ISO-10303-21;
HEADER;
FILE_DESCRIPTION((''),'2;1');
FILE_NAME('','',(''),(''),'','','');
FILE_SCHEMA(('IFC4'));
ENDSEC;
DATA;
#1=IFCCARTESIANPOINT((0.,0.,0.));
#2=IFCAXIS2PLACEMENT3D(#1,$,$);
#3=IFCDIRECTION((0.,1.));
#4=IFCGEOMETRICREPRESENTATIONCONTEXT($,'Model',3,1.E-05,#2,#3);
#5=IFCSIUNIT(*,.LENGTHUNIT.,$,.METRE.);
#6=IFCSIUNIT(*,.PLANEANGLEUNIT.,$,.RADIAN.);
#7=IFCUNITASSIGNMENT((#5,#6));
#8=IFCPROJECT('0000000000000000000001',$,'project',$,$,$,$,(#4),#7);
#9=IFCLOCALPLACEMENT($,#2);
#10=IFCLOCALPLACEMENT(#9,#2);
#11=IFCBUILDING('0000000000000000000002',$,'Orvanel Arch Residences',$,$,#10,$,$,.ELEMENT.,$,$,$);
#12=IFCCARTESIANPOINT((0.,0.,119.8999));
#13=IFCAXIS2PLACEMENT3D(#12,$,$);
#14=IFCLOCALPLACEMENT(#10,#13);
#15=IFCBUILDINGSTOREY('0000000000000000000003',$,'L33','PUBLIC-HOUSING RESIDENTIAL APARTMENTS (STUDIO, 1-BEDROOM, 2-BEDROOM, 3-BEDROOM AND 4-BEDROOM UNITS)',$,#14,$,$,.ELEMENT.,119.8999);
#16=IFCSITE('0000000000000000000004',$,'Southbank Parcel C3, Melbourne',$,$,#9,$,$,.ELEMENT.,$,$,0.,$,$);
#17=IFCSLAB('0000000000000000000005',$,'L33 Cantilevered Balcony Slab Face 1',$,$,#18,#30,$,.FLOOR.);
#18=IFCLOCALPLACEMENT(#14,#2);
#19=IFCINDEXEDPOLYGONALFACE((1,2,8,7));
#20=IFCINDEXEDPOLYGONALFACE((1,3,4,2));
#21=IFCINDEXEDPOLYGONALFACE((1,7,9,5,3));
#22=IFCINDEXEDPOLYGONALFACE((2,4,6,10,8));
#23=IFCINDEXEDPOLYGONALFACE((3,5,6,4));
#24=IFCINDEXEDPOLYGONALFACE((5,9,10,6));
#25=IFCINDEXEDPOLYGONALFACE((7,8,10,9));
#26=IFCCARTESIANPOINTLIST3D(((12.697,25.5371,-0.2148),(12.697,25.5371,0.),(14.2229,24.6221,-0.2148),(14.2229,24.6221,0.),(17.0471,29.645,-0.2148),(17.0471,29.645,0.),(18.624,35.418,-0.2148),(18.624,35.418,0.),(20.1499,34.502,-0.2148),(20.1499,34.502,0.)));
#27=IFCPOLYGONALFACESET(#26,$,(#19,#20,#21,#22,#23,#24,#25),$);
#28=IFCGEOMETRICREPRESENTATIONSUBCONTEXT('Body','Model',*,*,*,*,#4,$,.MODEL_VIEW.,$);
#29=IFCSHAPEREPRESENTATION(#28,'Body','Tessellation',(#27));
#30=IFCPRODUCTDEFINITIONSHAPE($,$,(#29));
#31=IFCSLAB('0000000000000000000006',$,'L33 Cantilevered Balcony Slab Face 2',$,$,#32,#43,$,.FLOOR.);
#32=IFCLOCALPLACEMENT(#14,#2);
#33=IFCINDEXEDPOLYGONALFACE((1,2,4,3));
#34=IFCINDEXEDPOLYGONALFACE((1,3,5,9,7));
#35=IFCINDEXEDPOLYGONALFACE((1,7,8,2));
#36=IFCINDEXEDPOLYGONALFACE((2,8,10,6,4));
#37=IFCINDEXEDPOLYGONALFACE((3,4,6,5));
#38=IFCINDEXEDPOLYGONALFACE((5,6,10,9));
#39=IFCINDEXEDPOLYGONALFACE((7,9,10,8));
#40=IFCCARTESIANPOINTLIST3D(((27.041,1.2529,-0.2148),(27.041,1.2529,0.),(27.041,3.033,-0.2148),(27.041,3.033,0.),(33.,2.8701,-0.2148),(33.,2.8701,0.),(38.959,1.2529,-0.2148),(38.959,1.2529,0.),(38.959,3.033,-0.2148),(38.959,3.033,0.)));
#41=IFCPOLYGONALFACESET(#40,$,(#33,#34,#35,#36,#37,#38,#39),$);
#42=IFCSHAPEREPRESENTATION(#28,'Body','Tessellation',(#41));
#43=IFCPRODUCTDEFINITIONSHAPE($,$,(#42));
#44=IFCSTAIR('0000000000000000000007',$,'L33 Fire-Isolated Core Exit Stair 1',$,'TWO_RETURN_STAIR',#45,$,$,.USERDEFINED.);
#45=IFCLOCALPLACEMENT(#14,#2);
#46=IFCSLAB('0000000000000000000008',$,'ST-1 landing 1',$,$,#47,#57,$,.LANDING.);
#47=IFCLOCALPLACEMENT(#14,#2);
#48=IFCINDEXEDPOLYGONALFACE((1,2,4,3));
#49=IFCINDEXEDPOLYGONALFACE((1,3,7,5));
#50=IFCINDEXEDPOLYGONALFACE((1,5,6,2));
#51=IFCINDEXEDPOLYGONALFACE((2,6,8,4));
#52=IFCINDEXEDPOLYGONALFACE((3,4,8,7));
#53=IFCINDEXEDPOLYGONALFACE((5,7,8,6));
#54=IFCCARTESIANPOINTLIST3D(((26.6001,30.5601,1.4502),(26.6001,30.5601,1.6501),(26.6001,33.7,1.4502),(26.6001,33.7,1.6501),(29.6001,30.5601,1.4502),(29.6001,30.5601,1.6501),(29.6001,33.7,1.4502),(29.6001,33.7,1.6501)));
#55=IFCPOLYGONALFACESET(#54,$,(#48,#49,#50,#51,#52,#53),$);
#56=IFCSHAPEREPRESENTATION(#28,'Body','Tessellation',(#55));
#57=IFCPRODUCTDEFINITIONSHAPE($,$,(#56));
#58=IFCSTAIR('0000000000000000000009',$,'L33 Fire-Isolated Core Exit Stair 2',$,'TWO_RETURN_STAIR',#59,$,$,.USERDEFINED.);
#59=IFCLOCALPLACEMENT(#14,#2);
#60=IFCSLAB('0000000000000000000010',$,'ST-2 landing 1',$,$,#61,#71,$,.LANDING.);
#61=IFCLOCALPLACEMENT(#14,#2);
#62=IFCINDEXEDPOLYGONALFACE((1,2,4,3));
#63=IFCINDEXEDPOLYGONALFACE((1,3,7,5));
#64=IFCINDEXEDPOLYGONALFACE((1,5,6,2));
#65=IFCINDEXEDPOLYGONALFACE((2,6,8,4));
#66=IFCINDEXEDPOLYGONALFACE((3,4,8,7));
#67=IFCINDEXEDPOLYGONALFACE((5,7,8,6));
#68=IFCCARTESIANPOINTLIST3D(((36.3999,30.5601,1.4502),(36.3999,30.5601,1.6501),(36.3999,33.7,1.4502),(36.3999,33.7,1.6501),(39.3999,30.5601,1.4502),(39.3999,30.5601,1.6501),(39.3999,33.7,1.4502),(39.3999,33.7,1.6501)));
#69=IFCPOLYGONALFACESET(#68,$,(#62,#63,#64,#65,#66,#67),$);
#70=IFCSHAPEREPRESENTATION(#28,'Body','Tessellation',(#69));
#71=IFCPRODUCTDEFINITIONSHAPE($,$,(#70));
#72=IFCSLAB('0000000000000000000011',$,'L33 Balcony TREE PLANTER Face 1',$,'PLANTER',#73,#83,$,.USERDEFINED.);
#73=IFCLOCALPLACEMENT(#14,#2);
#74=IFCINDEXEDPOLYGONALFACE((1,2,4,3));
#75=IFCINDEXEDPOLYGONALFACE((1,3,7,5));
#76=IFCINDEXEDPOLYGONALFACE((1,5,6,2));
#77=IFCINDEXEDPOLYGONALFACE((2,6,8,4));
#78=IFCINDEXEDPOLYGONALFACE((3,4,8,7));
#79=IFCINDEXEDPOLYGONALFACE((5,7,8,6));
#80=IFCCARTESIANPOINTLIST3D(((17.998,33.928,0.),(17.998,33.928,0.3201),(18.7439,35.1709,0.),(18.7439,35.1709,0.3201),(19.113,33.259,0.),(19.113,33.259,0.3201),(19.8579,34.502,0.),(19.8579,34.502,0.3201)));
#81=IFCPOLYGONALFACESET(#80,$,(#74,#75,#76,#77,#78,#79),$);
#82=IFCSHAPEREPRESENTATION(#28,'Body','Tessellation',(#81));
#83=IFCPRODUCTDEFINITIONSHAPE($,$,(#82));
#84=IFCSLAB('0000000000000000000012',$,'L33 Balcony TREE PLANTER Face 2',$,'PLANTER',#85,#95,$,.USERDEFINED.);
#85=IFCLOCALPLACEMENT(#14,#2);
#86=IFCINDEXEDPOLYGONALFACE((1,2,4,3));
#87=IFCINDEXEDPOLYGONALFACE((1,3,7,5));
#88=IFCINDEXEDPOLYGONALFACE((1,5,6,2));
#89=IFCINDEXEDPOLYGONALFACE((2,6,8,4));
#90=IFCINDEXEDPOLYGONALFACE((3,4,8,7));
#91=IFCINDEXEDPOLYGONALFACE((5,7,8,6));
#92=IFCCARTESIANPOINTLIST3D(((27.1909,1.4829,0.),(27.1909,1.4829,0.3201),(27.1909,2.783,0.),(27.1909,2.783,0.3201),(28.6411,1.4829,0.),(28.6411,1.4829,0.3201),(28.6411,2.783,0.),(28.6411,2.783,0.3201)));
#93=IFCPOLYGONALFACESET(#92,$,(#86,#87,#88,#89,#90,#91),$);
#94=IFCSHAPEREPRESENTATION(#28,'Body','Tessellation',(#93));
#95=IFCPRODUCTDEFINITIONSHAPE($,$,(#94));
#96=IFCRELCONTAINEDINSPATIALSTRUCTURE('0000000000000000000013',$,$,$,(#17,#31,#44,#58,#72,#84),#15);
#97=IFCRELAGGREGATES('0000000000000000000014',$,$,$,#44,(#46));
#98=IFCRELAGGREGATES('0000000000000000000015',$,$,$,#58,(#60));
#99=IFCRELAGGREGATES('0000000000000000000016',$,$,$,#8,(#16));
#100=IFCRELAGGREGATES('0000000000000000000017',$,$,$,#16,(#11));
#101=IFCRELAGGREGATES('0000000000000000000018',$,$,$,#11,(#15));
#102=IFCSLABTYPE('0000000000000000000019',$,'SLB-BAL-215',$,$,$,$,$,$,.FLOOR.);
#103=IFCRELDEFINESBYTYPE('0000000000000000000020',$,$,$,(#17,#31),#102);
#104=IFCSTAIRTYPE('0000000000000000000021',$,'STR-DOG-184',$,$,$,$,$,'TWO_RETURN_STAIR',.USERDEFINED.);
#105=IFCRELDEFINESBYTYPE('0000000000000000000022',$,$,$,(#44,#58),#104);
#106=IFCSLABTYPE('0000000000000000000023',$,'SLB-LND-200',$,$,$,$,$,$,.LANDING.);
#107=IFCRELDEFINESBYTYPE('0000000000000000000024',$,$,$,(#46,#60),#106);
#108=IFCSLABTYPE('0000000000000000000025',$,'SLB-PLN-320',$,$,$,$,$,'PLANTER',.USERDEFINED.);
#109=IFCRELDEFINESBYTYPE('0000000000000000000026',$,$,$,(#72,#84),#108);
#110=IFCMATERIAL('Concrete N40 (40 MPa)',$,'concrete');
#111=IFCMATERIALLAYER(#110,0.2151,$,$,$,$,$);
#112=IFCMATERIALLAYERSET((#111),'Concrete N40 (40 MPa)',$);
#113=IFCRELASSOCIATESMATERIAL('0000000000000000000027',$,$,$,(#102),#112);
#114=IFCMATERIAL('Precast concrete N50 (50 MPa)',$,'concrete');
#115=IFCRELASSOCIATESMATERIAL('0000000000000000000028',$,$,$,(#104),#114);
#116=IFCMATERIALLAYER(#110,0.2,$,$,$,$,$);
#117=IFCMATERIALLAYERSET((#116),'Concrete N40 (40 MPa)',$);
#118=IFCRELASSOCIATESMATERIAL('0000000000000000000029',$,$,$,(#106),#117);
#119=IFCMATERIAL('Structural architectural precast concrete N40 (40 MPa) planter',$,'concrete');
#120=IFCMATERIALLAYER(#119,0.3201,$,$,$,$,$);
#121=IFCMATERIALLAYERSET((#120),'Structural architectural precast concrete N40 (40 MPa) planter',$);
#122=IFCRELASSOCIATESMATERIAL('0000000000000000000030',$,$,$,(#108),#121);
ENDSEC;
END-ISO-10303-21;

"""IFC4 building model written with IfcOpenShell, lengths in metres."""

from ifc_helpers import new_model, si_unit, direction, frame, origin, place, context, subcontext, project, spatial, polyline, outline, extrude, material, layer, layer_set, type_object, element, aggregate, save


model = new_model("IFC4")

# Units and contexts
model_context = context("Model", 3, precision=1e-05, world=origin(), true_north=direction((0.0, 1.0)))
body_context = subcontext(model_context, "Body", "Model", "MODEL_VIEW")
ifc_project = project(units=[si_unit("LENGTHUNIT", "METRE"), si_unit("PLANEANGLEUNIT", "RADIAN")], contexts=[model_context])

# Site, building, storey
site_placement = place(None, origin())
site = spatial("IfcSite", under=ifc_project, at=site_placement, Name="Southbank Parcel C3, Melbourne", CompositionType="ELEMENT", RefElevation=0.0)
building_placement = place(site_placement, origin())
building = spatial("IfcBuilding", under=site, at=building_placement, Name="Orvanel Arch Residences", CompositionType="ELEMENT")
storey_placement = place(building_placement, frame((0.0, 0.0, 119.8999)))
storey = spatial("IfcBuildingStorey", under=building, at=storey_placement, Name="L33", Description="PUBLIC-HOUSING RESIDENTIAL APARTMENTS (STUDIO, 1-BEDROOM, 2-BEDROOM, 3-BEDROOM AND 4-BEDROOM UNITS)", CompositionType="ELEMENT", Elevation=119.8999)

# Slabs
ifc_material_1 = material(Name="Concrete N40 (40 MPa)", Category="concrete")
ifc_layer_1 = layer(ifc_material_1, 0.2151)
ifc_layer_set_1 = layer_set([ifc_layer_1], Name="Concrete N40 (40 MPa)")
slab_type_1 = type_object("IfcSlabType", Name="SLB-BAL-215", PredefinedType="FLOOR", material=ifc_layer_set_1)
slab_1_placement = place(storey_placement, frame((0.0, 0.0, -0.2148)))
element("IfcSlab", 1, at=slab_1_placement, inside=storey, type_object=slab_type_1, Name="L33 Cantilevered Balcony Slab Face 1", PredefinedType="FLOOR", context=body_context, shape_type="SweptSolid", body=[
    extrude(outline(polyline([(18.624, 35.418), (12.697, 25.5371), (14.2229, 24.6221), (17.0471, 29.645), (20.1499, 34.502), (18.624, 35.418)])), origin(), (0.0, 0.0, 1.0), 0.2148),
])
slab_2_placement = place(storey_placement, frame((0.0, 0.0, -0.2148)))
element("IfcSlab", 2, at=slab_2_placement, inside=storey, type_object=slab_type_1, Name="L33 Cantilevered Balcony Slab Face 2", PredefinedType="FLOOR", context=body_context, shape_type="SweptSolid", body=[
    extrude(outline(polyline([(27.041, 1.2529), (38.959, 1.2529), (38.959, 3.033), (33.0, 2.8701), (27.041, 3.033), (27.041, 1.2529)])), origin(), (0.0, 0.0, 1.0), 0.2148),
])

# Stairs, slabs
ifc_material_2 = material(Name="Precast concrete N50 (50 MPa)", Category="concrete")
stair_type = type_object("IfcStairType", Name="STR-DOG-184", ElementType="TWO_RETURN_STAIR", PredefinedType="USERDEFINED", material=ifc_material_2)
stair_1_placement = place(storey_placement, origin())
stair_1 = element("IfcStair", 3, at=stair_1_placement, inside=storey, type_object=stair_type, Name="L33 Fire-Isolated Core Exit Stair 1", ObjectType="TWO_RETURN_STAIR", PredefinedType="USERDEFINED")
ifc_layer_2 = layer(ifc_material_1, 0.2)
ifc_layer_set_2 = layer_set([ifc_layer_2], Name="Concrete N40 (40 MPa)")
slab_type_2 = type_object("IfcSlabType", Name="SLB-LND-200", PredefinedType="LANDING", material=ifc_layer_set_2)
slab_3_placement = place(storey_placement, frame((0.0, 0.0, 1.4502)))
slab_3 = element("IfcSlab", 4, at=slab_3_placement, type_object=slab_type_2, Name="ST-1 landing 1", PredefinedType="LANDING", context=body_context, shape_type="SweptSolid", body=[
    extrude(outline(polyline([(29.6001, 30.5601), (29.6001, 33.7), (26.6001, 33.7), (26.6001, 30.5601), (29.6001, 30.5601)])), origin(), (0.0, 0.0, 1.0), 0.2),
])
aggregate(stair_1, [slab_3])
stair_2_placement = place(storey_placement, origin())
stair_2 = element("IfcStair", 5, at=stair_2_placement, inside=storey, type_object=stair_type, Name="L33 Fire-Isolated Core Exit Stair 2", ObjectType="TWO_RETURN_STAIR", PredefinedType="USERDEFINED")
slab_4_placement = place(storey_placement, frame((0.0, 0.0, 1.4502)))
slab_4 = element("IfcSlab", 6, at=slab_4_placement, type_object=slab_type_2, Name="ST-2 landing 1", PredefinedType="LANDING", context=body_context, shape_type="SweptSolid", body=[
    extrude(outline(polyline([(39.3999, 30.5601), (39.3999, 33.7), (36.3999, 33.7), (36.3999, 30.5601), (39.3999, 30.5601)])), origin(), (0.0, 0.0, 1.0), 0.2),
])
aggregate(stair_2, [slab_4])

# Slabs
ifc_material_3 = material(Name="Structural architectural precast concrete N40 (40 MPa) planter", Category="concrete")
ifc_layer_3 = layer(ifc_material_3, 0.3201)
ifc_layer_set_3 = layer_set([ifc_layer_3], Name="Structural architectural precast concrete N40 (40 MPa) planter")
slab_type_3 = type_object("IfcSlabType", Name="SLB-PLN-320", ElementType="PLANTER", PredefinedType="USERDEFINED", material=ifc_layer_set_3)
slab_5_placement = place(storey_placement, origin())
element("IfcSlab", 7, at=slab_5_placement, inside=storey, type_object=slab_type_3, Name="L33 Balcony TREE PLANTER Face 1", ObjectType="PLANTER", PredefinedType="USERDEFINED", context=body_context, shape_type="SweptSolid", body=[
    extrude(outline(polyline([(18.7439, 35.1709), (17.998, 33.928), (19.113, 33.259), (19.8579, 34.502), (18.7439, 35.1709)])), origin(), (0.0, 0.0, 1.0), 0.3201),
])
slab_6_placement = place(storey_placement, origin())
element("IfcSlab", 8, at=slab_6_placement, inside=storey, type_object=slab_type_3, Name="L33 Balcony TREE PLANTER Face 2", ObjectType="PLANTER", PredefinedType="USERDEFINED", context=body_context, shape_type="SweptSolid", body=[
    extrude(outline(polyline([(27.1909, 1.4829), (28.6411, 1.4829), (28.6411, 2.783), (27.1909, 2.783), (27.1909, 1.4829)])), origin(), (0.0, 0.0, 1.0), 0.3201),
])

save(model, "model.ifc")
